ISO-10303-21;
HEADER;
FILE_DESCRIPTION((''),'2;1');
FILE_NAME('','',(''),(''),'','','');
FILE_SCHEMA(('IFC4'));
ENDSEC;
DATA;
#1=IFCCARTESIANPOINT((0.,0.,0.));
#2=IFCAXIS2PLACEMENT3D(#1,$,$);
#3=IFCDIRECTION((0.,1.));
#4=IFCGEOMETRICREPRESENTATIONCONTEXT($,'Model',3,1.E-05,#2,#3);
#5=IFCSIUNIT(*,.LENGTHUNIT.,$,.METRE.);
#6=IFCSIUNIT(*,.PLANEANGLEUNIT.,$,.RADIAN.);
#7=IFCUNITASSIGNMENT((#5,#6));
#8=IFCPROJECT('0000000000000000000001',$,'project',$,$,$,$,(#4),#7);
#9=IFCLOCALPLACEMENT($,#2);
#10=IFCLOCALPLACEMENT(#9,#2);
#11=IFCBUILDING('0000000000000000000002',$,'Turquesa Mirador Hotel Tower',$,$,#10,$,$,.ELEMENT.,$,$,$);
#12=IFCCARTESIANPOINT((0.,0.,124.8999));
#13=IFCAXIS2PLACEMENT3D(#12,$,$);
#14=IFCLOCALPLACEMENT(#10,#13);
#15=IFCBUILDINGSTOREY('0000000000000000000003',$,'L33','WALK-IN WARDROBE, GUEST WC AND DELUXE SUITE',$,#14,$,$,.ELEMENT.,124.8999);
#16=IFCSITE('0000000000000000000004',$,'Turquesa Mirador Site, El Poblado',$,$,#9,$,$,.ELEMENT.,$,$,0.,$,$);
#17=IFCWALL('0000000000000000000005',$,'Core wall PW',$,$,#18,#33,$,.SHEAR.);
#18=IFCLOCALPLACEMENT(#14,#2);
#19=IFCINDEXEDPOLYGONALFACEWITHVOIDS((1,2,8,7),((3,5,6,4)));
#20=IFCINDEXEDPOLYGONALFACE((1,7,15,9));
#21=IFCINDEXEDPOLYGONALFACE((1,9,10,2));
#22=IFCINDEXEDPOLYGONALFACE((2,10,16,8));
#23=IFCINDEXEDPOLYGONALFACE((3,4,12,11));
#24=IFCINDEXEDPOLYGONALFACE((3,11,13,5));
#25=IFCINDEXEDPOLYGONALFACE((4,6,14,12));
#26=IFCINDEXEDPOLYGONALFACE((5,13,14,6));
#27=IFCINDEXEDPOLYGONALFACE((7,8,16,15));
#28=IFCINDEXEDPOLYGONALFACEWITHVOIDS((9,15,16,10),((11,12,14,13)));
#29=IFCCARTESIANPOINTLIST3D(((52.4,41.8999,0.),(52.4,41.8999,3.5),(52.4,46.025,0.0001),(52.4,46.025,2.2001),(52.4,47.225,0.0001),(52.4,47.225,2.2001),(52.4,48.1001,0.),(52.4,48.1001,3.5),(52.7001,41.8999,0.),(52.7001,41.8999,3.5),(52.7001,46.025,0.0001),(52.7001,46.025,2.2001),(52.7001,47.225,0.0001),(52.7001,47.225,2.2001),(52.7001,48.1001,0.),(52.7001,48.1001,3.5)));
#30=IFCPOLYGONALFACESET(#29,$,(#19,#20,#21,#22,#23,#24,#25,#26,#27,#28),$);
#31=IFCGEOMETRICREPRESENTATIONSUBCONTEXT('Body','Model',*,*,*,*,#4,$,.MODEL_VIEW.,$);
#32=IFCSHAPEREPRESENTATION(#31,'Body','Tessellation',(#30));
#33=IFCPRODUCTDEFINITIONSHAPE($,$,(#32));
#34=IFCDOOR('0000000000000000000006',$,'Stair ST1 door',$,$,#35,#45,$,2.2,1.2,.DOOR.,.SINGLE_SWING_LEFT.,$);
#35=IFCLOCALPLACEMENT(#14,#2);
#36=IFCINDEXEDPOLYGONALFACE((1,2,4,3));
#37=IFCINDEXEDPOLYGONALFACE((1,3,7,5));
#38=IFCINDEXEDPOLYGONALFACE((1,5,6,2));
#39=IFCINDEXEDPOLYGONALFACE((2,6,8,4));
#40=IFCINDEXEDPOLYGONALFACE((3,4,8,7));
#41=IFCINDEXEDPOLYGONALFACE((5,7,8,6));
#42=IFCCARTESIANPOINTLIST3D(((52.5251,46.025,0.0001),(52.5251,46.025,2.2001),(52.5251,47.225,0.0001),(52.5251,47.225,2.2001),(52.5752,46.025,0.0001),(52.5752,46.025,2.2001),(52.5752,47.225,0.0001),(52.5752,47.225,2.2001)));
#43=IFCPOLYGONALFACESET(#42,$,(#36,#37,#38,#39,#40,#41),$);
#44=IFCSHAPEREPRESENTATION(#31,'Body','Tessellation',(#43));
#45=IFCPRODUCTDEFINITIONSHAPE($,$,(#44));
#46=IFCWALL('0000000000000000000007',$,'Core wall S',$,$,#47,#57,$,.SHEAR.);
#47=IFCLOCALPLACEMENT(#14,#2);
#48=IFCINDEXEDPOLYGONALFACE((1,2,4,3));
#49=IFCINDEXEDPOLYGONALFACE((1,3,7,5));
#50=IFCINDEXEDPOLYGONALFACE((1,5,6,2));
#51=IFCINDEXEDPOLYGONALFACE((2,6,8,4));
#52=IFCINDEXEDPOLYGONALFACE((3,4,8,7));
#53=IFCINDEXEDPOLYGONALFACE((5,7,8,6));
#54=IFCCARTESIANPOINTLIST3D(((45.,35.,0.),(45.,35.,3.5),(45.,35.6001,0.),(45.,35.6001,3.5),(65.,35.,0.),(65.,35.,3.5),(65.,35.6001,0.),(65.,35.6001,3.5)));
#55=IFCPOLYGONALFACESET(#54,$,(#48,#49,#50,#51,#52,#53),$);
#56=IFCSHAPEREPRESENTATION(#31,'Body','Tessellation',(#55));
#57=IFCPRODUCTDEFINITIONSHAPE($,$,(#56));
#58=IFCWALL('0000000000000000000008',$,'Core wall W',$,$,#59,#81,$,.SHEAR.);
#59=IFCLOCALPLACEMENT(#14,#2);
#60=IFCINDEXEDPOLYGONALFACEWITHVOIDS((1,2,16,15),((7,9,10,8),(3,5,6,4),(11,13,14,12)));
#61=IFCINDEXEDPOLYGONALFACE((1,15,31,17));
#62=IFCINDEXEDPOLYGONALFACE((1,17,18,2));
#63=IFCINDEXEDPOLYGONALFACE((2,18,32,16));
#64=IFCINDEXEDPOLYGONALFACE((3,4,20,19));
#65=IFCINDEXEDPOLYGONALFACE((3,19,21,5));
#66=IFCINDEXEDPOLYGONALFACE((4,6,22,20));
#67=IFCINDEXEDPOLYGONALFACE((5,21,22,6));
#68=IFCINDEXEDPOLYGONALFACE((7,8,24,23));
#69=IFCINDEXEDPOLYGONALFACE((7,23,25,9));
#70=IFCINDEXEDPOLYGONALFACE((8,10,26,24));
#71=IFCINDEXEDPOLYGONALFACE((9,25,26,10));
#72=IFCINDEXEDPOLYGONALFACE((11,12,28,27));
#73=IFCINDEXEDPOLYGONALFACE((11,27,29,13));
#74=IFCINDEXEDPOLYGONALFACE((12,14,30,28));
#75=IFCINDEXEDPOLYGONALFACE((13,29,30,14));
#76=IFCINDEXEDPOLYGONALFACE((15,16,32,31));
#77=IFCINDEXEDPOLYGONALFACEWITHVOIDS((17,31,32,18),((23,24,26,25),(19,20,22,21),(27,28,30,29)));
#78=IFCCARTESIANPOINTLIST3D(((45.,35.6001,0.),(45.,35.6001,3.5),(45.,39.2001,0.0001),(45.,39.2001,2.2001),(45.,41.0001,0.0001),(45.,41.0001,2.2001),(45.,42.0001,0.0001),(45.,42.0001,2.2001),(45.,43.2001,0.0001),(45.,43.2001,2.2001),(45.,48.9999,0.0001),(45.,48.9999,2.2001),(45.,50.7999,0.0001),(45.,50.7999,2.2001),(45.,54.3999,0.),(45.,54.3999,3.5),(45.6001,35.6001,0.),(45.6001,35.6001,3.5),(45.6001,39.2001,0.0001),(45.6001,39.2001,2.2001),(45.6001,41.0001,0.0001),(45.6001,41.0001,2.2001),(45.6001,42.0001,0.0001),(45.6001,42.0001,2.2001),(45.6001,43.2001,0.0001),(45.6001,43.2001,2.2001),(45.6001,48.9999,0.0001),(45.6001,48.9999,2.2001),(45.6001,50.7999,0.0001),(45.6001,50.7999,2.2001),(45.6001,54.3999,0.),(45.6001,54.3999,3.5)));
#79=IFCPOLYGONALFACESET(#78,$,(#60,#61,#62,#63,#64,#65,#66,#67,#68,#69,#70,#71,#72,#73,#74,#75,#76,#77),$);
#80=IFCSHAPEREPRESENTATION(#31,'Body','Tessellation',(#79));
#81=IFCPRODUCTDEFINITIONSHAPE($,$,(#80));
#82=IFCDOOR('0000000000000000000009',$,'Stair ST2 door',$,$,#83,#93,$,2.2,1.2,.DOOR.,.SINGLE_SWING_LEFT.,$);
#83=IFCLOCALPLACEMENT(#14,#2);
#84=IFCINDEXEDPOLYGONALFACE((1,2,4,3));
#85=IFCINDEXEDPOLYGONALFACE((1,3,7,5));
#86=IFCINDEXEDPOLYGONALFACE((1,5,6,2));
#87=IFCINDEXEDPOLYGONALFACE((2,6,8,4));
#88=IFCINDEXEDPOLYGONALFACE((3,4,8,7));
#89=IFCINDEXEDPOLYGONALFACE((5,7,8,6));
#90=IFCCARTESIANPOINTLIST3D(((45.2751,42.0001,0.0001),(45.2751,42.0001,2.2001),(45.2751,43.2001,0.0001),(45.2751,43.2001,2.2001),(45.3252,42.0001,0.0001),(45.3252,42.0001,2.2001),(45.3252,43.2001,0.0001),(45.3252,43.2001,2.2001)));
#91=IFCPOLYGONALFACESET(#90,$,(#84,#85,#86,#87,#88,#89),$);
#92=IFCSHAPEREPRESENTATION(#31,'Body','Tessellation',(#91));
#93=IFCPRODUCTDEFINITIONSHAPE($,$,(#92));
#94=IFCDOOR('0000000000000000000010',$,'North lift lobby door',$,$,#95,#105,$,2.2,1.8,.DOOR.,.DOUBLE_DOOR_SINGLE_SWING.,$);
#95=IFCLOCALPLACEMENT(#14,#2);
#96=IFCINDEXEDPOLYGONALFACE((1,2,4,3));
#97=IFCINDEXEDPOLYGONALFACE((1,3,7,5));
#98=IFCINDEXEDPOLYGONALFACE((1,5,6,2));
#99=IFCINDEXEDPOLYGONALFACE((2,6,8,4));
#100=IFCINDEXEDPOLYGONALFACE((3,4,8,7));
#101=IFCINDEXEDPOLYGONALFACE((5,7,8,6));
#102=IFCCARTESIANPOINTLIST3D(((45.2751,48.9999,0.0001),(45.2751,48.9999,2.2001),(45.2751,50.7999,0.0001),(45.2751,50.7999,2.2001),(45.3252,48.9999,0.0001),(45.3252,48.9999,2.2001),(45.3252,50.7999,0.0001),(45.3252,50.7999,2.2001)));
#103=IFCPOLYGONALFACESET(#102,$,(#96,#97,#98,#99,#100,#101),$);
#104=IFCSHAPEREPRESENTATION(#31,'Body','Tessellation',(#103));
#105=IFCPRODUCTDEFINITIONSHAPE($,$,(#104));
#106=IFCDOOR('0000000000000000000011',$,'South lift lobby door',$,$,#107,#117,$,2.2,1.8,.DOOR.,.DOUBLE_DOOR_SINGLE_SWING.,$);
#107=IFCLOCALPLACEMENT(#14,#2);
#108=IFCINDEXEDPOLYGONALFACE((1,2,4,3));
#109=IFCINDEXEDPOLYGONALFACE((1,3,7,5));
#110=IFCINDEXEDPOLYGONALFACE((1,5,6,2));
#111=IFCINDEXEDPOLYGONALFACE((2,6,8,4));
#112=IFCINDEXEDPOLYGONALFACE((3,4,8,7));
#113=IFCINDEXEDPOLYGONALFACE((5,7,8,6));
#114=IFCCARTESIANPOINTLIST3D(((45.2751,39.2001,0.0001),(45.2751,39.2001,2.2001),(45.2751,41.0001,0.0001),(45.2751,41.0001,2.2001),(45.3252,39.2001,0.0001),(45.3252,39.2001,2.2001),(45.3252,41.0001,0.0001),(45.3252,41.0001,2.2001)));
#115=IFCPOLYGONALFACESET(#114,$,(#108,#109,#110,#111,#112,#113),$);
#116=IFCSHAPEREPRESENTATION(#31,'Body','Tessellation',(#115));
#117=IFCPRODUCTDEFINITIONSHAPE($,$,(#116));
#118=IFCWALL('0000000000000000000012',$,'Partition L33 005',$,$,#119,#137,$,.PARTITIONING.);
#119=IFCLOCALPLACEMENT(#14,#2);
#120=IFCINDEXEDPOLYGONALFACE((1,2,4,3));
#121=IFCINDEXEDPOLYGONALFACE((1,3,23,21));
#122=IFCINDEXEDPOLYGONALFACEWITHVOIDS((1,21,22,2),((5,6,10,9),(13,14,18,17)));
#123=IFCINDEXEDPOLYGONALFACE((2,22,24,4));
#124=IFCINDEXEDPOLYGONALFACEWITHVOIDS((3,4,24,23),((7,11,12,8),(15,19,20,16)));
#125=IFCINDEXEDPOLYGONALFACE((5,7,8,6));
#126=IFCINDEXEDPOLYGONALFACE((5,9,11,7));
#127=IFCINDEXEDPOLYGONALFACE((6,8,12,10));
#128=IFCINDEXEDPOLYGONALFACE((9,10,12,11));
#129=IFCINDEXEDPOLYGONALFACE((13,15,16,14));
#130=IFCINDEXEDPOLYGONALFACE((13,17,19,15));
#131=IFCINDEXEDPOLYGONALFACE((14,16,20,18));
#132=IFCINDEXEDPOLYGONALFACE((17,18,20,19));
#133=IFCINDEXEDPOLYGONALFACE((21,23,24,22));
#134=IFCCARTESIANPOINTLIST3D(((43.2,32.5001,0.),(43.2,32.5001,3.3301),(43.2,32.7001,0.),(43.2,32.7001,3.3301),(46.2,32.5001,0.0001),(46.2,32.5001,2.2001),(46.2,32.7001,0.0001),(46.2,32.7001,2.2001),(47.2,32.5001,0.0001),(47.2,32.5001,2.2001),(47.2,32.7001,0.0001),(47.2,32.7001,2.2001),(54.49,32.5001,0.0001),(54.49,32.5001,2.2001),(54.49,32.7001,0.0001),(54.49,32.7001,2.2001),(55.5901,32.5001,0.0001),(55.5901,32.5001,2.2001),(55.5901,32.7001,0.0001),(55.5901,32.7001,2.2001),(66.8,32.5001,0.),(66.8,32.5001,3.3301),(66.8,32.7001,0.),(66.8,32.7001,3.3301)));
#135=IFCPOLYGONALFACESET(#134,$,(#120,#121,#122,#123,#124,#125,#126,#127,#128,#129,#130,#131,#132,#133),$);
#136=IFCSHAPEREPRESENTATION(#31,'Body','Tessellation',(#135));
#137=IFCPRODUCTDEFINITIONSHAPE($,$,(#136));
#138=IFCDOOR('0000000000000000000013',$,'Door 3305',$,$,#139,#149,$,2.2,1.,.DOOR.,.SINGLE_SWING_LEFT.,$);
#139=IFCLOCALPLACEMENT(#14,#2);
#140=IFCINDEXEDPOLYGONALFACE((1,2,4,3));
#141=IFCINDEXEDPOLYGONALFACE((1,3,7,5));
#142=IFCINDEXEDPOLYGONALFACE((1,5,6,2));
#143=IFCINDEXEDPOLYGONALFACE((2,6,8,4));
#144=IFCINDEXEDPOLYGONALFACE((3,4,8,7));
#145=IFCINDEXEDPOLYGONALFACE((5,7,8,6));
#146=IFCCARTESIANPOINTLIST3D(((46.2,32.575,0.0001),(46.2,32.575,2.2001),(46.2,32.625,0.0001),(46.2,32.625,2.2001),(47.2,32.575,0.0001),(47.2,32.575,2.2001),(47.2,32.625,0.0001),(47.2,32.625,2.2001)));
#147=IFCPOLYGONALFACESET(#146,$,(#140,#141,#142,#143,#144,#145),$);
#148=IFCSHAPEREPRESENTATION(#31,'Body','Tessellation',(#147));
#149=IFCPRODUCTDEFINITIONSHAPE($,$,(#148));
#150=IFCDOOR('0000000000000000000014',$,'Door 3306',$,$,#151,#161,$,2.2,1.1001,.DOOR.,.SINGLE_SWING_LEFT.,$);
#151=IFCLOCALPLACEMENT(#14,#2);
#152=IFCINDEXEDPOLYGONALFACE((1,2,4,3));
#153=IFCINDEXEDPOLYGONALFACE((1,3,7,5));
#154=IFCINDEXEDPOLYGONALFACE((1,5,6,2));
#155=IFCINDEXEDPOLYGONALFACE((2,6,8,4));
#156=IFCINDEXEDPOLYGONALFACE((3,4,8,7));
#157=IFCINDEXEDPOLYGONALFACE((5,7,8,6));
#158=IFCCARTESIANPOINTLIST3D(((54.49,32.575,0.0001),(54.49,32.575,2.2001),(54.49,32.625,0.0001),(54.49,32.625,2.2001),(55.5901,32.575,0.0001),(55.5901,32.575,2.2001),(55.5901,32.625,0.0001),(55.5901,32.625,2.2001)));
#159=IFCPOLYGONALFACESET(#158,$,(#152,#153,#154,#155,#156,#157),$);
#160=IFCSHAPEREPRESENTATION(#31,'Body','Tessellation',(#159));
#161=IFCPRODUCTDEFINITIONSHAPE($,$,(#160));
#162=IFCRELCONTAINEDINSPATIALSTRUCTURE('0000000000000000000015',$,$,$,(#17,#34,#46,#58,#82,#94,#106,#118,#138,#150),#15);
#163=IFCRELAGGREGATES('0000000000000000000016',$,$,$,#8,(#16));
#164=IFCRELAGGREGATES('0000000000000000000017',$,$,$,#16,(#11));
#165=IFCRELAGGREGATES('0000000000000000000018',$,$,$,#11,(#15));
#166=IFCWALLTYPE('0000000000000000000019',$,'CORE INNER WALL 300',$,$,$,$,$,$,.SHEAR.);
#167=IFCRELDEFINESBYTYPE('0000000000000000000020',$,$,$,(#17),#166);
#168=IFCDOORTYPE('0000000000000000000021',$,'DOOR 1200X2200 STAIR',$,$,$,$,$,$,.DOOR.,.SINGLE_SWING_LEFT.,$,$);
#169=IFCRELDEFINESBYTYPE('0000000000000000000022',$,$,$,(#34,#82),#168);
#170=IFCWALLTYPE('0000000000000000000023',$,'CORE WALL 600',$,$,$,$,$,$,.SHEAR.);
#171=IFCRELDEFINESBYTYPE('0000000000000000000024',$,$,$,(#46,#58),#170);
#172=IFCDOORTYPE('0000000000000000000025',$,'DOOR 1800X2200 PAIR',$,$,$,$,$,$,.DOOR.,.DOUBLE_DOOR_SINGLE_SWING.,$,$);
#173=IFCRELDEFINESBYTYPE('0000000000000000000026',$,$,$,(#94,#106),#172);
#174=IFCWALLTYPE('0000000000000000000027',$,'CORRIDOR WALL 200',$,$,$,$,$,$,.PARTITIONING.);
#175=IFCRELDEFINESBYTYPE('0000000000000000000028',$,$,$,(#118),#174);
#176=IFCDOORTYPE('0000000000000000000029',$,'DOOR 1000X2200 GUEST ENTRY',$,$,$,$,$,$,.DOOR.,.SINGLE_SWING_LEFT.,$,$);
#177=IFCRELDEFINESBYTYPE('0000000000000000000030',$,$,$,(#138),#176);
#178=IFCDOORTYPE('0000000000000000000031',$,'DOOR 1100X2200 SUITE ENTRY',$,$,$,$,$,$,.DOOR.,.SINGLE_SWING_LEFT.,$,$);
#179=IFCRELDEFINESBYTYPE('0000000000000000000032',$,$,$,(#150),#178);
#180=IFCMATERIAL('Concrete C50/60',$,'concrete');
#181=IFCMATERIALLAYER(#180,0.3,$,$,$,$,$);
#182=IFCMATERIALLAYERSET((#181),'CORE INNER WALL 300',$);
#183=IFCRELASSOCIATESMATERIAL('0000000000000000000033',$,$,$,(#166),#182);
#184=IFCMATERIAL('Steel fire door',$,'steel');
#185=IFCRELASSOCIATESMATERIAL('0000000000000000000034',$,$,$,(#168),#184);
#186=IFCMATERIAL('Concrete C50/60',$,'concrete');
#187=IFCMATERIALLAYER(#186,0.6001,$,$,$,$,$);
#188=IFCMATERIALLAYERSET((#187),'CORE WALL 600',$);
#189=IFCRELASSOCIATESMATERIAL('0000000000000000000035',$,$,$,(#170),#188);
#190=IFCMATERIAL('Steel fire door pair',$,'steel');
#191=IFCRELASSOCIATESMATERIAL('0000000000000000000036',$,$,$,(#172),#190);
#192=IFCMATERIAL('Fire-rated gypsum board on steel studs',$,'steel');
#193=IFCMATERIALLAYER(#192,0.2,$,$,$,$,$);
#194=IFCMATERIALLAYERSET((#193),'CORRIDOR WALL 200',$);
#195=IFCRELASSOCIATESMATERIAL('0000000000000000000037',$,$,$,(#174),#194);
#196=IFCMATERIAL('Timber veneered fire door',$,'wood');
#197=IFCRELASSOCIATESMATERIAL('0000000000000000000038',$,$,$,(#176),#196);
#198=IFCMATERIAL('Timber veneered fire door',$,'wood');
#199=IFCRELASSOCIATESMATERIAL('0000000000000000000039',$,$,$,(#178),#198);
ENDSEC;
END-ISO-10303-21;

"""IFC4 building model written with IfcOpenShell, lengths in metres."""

from ifc_helpers import new_model, si_unit, direction, frame, frame_2d, origin, place, context, subcontext, project, spatial, rectangle, extrude, material, layer, layer_set, type_object, element, fill, save


model = new_model("IFC4")

# Units and contexts
model_context = context("Model", 3, precision=1e-05, world=origin(), true_north=direction((0.0, 1.0)))
body_context = subcontext(model_context, "Body", "Model", "MODEL_VIEW")
ifc_project = project(units=[si_unit("LENGTHUNIT", "METRE"), si_unit("PLANEANGLEUNIT", "RADIAN")], contexts=[model_context])

# Site, building, storey
site_placement = place(None, origin())
site = spatial("IfcSite", under=ifc_project, at=site_placement, Name="Turquesa Mirador Site, El Poblado", CompositionType="ELEMENT", RefElevation=0.0)
building_placement = place(site_placement, origin())
building = spatial("IfcBuilding", under=site, at=building_placement, Name="Turquesa Mirador Hotel Tower", CompositionType="ELEMENT")
storey_placement = place(building_placement, frame((0.0, 0.0, 124.8999)))
storey = spatial("IfcBuildingStorey", under=building, at=storey_placement, Name="L33", Description="WALK-IN WARDROBE, GUEST WC AND DELUXE SUITE", CompositionType="ELEMENT", Elevation=124.8999)

# Shared definitions
ifc_material_1 = material(Name="Concrete C50/60", Category="concrete")
ifc_layer_1 = layer(ifc_material_1, 0.3)
ifc_layer_set_1 = layer_set([ifc_layer_1], Name="CORE INNER WALL 300")
wall_type_1 = type_object("IfcWallType", Name="CORE INNER WALL 300", PredefinedType="SHEAR", material=ifc_layer_set_1)

# Wall, opening, door
wall_1_placement = place(storey_placement, frame((52.55, 41.8999, 0.0), z_axis=(0.0, 0.0, 1.0), x_axis=(0.0, 1.0, 0.0)))
wall_1 = element("IfcWall", 1, at=wall_1_placement, inside=storey, type_object=wall_type_1, Name="Core wall PW", PredefinedType="SHEAR", context=body_context, shape_type="SweptSolid", body=[
    extrude(rectangle(XDim=6.2002, YDim=0.3, at=frame_2d((3.1001, 0.0))), origin(), (0.0, 0.0, 1.0), 3.5),
])
opening_1_placement = place(wall_1_placement, frame((4.125, 0.0, 0.0)))
opening_1 = element("IfcOpeningElement", 2, at=opening_1_placement, cuts=wall_1, PredefinedType="OPENING", context=body_context, shape_type="SweptSolid", body=[
    extrude(rectangle(XDim=1.2, YDim=2.2, at=frame_2d((0.6001, 1.1001))), frame((0.0, 0.1599, 0.0), z_axis=(0.0, -1.0, 0.0), x_axis=(1.0, 0.0, 0.0)), (0.0, 0.0, 1.0), 0.3201),
])
ifc_material_2 = material(Name="Steel fire door", Category="steel")
door_type_1 = type_object("IfcDoorType", Name="DOOR 1200X2200 STAIR", OperationType="SINGLE_SWING_LEFT", PredefinedType="DOOR", material=ifc_material_2)
door_1_placement = place(opening_1_placement, origin())
door_1 = element("IfcDoor", 3, at=door_1_placement, inside=storey, type_object=door_type_1, Name="Stair ST1 door", OperationType="SINGLE_SWING_LEFT", OverallHeight=2.2, OverallWidth=1.2, PredefinedType="DOOR", context=body_context, shape_type="SweptSolid", body=[
    extrude(rectangle(XDim=1.2, YDim=2.2, at=frame_2d((0.6001, 1.1001))), frame((0.0, 0.0249, 0.0), z_axis=(0.0, -1.0, 0.0), x_axis=(1.0, 0.0, 0.0)), (0.0, 0.0, 1.0), 0.05),
])
fill(opening_1, door_1)

# Wall
ifc_material_3 = material(Name="Concrete C50/60", Category="concrete")
ifc_layer_2 = layer(ifc_material_3, 0.6001)
ifc_layer_set_2 = layer_set([ifc_layer_2], Name="CORE WALL 600")
wall_type_2 = type_object("IfcWallType", Name="CORE WALL 600", PredefinedType="SHEAR", material=ifc_layer_set_2)
wall_2_placement = place(storey_placement, frame((45.0, 35.3, 0.0), z_axis=(0.0, 0.0, 1.0), x_axis=(1.0, 0.0, 0.0)))
element("IfcWall", 4, at=wall_2_placement, inside=storey, type_object=wall_type_2, Name="Core wall S", PredefinedType="SHEAR", context=body_context, shape_type="SweptSolid", body=[
    extrude(rectangle(XDim=20.0, YDim=0.6001, at=frame_2d((10.0, 0.0))), origin(), (0.0, 0.0, 1.0), 3.5),
])

# Walls, openings, doors
wall_3_placement = place(storey_placement, frame((45.3, 35.6001, 0.0), z_axis=(0.0, 0.0, 1.0), x_axis=(0.0, 1.0, 0.0)))
wall_3 = element("IfcWall", 5, at=wall_3_placement, inside=storey, type_object=wall_type_2, Name="Core wall W", PredefinedType="SHEAR", context=body_context, shape_type="SweptSolid", body=[
    extrude(rectangle(XDim=18.7998, YDim=0.6001, at=frame_2d((9.3999, 0.0))), origin(), (0.0, 0.0, 1.0), 3.5),
])
opening_2_placement = place(wall_3_placement, frame((13.3999, 0.0, 0.0)))
opening_2 = element("IfcOpeningElement", 6, at=opening_2_placement, cuts=wall_3, PredefinedType="OPENING", context=body_context, shape_type="SweptSolid", body=[
    extrude(rectangle(XDim=1.8, YDim=2.2, at=frame_2d((0.8999, 1.1001))), frame((0.0, 0.3101, 0.0), z_axis=(0.0, -1.0, 0.0), x_axis=(1.0, 0.0, 0.0)), (0.0, 0.0, 1.0), 0.6201),
])
opening_3_placement = place(wall_3_placement, frame((3.6001, 0.0, 0.0)))
opening_3 = element("IfcOpeningElement", 7, at=opening_3_placement, cuts=wall_3, PredefinedType="OPENING", context=body_context, shape_type="SweptSolid", body=[
    extrude(rectangle(XDim=1.8, YDim=2.2, at=frame_2d((0.8999, 1.1001))), frame((0.0, 0.3101, 0.0), z_axis=(0.0, -1.0, 0.0), x_axis=(1.0, 0.0, 0.0)), (0.0, 0.0, 1.0), 0.6201),
])
opening_4_placement = place(wall_3_placement, frame((6.3999, 0.0, 0.0)))
opening_4 = element("IfcOpeningElement", 8, at=opening_4_placement, cuts=wall_3, PredefinedType="OPENING", context=body_context, shape_type="SweptSolid", body=[
    extrude(rectangle(XDim=1.2, YDim=2.2, at=frame_2d((0.6001, 1.1001))), frame((0.0, 0.3101, 0.0), z_axis=(0.0, -1.0, 0.0), x_axis=(1.0, 0.0, 0.0)), (0.0, 0.0, 1.0), 0.6201),
])
door_2_placement = place(opening_4_placement, origin())
door_2 = element("IfcDoor", 9, at=door_2_placement, inside=storey, type_object=door_type_1, Name="Stair ST2 door", OperationType="SINGLE_SWING_LEFT", OverallHeight=2.2, OverallWidth=1.2, PredefinedType="DOOR", context=body_context, shape_type="SweptSolid", body=[
    extrude(rectangle(XDim=1.2, YDim=2.2, at=frame_2d((0.6001, 1.1001))), frame((0.0, 0.0249, 0.0), z_axis=(0.0, -1.0, 0.0), x_axis=(1.0, 0.0, 0.0)), (0.0, 0.0, 1.0), 0.05),
])
fill(opening_4, door_2)
ifc_material_4 = material(Name="Steel fire door pair", Category="steel")
door_type_2 = type_object("IfcDoorType", Name="DOOR 1800X2200 PAIR", OperationType="DOUBLE_DOOR_SINGLE_SWING", PredefinedType="DOOR", material=ifc_material_4)
door_3_placement = place(opening_2_placement, origin())
door_3 = element("IfcDoor", 10, at=door_3_placement, inside=storey, type_object=door_type_2, Name="North lift lobby door", OperationType="DOUBLE_DOOR_SINGLE_SWING", OverallHeight=2.2, OverallWidth=1.8, PredefinedType="DOOR", context=body_context, shape_type="SweptSolid", body=[
    extrude(rectangle(XDim=1.8, YDim=2.2, at=frame_2d((0.8999, 1.1001))), frame((0.0, 0.0249, 0.0), z_axis=(0.0, -1.0, 0.0), x_axis=(1.0, 0.0, 0.0)), (0.0, 0.0, 1.0), 0.05),
])
fill(opening_2, door_3)
door_4_placement = place(opening_3_placement, origin())
door_4 = element("IfcDoor", 11, at=door_4_placement, inside=storey, type_object=door_type_2, Name="South lift lobby door", OperationType="DOUBLE_DOOR_SINGLE_SWING", OverallHeight=2.2, OverallWidth=1.8, PredefinedType="DOOR", context=body_context, shape_type="SweptSolid", body=[
    extrude(rectangle(XDim=1.8, YDim=2.2, at=frame_2d((0.8999, 1.1001))), frame((0.0, 0.0249, 0.0), z_axis=(0.0, -1.0, 0.0), x_axis=(1.0, 0.0, 0.0)), (0.0, 0.0, 1.0), 0.05),
])
fill(opening_3, door_4)
ifc_material_5 = material(Name="Fire-rated gypsum board on steel studs", Category="steel")
ifc_layer_3 = layer(ifc_material_5, 0.2)
ifc_layer_set_3 = layer_set([ifc_layer_3], Name="CORRIDOR WALL 200")
wall_type_3 = type_object("IfcWallType", Name="CORRIDOR WALL 200", PredefinedType="PARTITIONING", material=ifc_layer_set_3)
wall_4_placement = place(storey_placement, frame((43.2, 32.6001, 0.0), z_axis=(0.0, 0.0, 1.0), x_axis=(1.0, 0.0, 0.0)))
wall_4 = element("IfcWall", 12, at=wall_4_placement, inside=storey, type_object=wall_type_3, Name="Partition L33 005", PredefinedType="PARTITIONING", context=body_context, shape_type="SweptSolid", body=[
    extrude(rectangle(XDim=23.6001, YDim=0.2, at=frame_2d((11.8, 0.0))), origin(), (0.0, 0.0, 1.0), 3.3301),
])
opening_5_placement = place(wall_4_placement, frame((3.0, 0.0, 0.0)))
opening_5 = element("IfcOpeningElement", 13, at=opening_5_placement, cuts=wall_4, PredefinedType="OPENING", context=body_context, shape_type="SweptSolid", body=[
    extrude(rectangle(XDim=1.0, YDim=2.2, at=frame_2d((0.5, 1.1001))), frame((0.0, 0.1099, 0.0), z_axis=(0.0, -1.0, 0.0), x_axis=(1.0, 0.0, 0.0)), (0.0, 0.0, 1.0), 0.22),
])
opening_6_placement = place(wall_4_placement, frame((11.29, 0.0, 0.0)))
opening_6 = element("IfcOpeningElement", 14, at=opening_6_placement, cuts=wall_4, PredefinedType="OPENING", context=body_context, shape_type="SweptSolid", body=[
    extrude(rectangle(XDim=1.1001, YDim=2.2, at=frame_2d((0.55, 1.1001))), frame((0.0, 0.1099, 0.0), z_axis=(0.0, -1.0, 0.0), x_axis=(1.0, 0.0, 0.0)), (0.0, 0.0, 1.0), 0.22),
])
ifc_material_6 = material(Name="Timber veneered fire door", Category="wood")
door_type_3 = type_object("IfcDoorType", Name="DOOR 1000X2200 GUEST ENTRY", OperationType="SINGLE_SWING_LEFT", PredefinedType="DOOR", material=ifc_material_6)
door_5_placement = place(opening_5_placement, origin())
door_5 = element("IfcDoor", 15, at=door_5_placement, inside=storey, type_object=door_type_3, Name="Door 3305", OperationType="SINGLE_SWING_LEFT", OverallHeight=2.2, OverallWidth=1.0, PredefinedType="DOOR", context=body_context, shape_type="SweptSolid", body=[
    extrude(rectangle(XDim=1.0, YDim=2.2, at=frame_2d((0.5, 1.1001))), frame((0.0, 0.0249, 0.0), z_axis=(0.0, -1.0, 0.0), x_axis=(1.0, 0.0, 0.0)), (0.0, 0.0, 1.0), 0.05),
])
fill(opening_5, door_5)
ifc_material_7 = material(Name="Timber veneered fire door", Category="wood")
door_type_4 = type_object("IfcDoorType", Name="DOOR 1100X2200 SUITE ENTRY", OperationType="SINGLE_SWING_LEFT", PredefinedType="DOOR", material=ifc_material_7)
door_6_placement = place(opening_6_placement, origin())
door_6 = element("IfcDoor", 16, at=door_6_placement, inside=storey, type_object=door_type_4, Name="Door 3306", OperationType="SINGLE_SWING_LEFT", OverallHeight=2.2, OverallWidth=1.1001, PredefinedType="DOOR", context=body_context, shape_type="SweptSolid", body=[
    extrude(rectangle(XDim=1.1001, YDim=2.2, at=frame_2d((0.55, 1.1001))), frame((0.0, 0.0249, 0.0), z_axis=(0.0, -1.0, 0.0), x_axis=(1.0, 0.0, 0.0)), (0.0, 0.0, 1.0), 0.05),
])
fill(opening_6, door_6)

save(model, "model.ifc")
